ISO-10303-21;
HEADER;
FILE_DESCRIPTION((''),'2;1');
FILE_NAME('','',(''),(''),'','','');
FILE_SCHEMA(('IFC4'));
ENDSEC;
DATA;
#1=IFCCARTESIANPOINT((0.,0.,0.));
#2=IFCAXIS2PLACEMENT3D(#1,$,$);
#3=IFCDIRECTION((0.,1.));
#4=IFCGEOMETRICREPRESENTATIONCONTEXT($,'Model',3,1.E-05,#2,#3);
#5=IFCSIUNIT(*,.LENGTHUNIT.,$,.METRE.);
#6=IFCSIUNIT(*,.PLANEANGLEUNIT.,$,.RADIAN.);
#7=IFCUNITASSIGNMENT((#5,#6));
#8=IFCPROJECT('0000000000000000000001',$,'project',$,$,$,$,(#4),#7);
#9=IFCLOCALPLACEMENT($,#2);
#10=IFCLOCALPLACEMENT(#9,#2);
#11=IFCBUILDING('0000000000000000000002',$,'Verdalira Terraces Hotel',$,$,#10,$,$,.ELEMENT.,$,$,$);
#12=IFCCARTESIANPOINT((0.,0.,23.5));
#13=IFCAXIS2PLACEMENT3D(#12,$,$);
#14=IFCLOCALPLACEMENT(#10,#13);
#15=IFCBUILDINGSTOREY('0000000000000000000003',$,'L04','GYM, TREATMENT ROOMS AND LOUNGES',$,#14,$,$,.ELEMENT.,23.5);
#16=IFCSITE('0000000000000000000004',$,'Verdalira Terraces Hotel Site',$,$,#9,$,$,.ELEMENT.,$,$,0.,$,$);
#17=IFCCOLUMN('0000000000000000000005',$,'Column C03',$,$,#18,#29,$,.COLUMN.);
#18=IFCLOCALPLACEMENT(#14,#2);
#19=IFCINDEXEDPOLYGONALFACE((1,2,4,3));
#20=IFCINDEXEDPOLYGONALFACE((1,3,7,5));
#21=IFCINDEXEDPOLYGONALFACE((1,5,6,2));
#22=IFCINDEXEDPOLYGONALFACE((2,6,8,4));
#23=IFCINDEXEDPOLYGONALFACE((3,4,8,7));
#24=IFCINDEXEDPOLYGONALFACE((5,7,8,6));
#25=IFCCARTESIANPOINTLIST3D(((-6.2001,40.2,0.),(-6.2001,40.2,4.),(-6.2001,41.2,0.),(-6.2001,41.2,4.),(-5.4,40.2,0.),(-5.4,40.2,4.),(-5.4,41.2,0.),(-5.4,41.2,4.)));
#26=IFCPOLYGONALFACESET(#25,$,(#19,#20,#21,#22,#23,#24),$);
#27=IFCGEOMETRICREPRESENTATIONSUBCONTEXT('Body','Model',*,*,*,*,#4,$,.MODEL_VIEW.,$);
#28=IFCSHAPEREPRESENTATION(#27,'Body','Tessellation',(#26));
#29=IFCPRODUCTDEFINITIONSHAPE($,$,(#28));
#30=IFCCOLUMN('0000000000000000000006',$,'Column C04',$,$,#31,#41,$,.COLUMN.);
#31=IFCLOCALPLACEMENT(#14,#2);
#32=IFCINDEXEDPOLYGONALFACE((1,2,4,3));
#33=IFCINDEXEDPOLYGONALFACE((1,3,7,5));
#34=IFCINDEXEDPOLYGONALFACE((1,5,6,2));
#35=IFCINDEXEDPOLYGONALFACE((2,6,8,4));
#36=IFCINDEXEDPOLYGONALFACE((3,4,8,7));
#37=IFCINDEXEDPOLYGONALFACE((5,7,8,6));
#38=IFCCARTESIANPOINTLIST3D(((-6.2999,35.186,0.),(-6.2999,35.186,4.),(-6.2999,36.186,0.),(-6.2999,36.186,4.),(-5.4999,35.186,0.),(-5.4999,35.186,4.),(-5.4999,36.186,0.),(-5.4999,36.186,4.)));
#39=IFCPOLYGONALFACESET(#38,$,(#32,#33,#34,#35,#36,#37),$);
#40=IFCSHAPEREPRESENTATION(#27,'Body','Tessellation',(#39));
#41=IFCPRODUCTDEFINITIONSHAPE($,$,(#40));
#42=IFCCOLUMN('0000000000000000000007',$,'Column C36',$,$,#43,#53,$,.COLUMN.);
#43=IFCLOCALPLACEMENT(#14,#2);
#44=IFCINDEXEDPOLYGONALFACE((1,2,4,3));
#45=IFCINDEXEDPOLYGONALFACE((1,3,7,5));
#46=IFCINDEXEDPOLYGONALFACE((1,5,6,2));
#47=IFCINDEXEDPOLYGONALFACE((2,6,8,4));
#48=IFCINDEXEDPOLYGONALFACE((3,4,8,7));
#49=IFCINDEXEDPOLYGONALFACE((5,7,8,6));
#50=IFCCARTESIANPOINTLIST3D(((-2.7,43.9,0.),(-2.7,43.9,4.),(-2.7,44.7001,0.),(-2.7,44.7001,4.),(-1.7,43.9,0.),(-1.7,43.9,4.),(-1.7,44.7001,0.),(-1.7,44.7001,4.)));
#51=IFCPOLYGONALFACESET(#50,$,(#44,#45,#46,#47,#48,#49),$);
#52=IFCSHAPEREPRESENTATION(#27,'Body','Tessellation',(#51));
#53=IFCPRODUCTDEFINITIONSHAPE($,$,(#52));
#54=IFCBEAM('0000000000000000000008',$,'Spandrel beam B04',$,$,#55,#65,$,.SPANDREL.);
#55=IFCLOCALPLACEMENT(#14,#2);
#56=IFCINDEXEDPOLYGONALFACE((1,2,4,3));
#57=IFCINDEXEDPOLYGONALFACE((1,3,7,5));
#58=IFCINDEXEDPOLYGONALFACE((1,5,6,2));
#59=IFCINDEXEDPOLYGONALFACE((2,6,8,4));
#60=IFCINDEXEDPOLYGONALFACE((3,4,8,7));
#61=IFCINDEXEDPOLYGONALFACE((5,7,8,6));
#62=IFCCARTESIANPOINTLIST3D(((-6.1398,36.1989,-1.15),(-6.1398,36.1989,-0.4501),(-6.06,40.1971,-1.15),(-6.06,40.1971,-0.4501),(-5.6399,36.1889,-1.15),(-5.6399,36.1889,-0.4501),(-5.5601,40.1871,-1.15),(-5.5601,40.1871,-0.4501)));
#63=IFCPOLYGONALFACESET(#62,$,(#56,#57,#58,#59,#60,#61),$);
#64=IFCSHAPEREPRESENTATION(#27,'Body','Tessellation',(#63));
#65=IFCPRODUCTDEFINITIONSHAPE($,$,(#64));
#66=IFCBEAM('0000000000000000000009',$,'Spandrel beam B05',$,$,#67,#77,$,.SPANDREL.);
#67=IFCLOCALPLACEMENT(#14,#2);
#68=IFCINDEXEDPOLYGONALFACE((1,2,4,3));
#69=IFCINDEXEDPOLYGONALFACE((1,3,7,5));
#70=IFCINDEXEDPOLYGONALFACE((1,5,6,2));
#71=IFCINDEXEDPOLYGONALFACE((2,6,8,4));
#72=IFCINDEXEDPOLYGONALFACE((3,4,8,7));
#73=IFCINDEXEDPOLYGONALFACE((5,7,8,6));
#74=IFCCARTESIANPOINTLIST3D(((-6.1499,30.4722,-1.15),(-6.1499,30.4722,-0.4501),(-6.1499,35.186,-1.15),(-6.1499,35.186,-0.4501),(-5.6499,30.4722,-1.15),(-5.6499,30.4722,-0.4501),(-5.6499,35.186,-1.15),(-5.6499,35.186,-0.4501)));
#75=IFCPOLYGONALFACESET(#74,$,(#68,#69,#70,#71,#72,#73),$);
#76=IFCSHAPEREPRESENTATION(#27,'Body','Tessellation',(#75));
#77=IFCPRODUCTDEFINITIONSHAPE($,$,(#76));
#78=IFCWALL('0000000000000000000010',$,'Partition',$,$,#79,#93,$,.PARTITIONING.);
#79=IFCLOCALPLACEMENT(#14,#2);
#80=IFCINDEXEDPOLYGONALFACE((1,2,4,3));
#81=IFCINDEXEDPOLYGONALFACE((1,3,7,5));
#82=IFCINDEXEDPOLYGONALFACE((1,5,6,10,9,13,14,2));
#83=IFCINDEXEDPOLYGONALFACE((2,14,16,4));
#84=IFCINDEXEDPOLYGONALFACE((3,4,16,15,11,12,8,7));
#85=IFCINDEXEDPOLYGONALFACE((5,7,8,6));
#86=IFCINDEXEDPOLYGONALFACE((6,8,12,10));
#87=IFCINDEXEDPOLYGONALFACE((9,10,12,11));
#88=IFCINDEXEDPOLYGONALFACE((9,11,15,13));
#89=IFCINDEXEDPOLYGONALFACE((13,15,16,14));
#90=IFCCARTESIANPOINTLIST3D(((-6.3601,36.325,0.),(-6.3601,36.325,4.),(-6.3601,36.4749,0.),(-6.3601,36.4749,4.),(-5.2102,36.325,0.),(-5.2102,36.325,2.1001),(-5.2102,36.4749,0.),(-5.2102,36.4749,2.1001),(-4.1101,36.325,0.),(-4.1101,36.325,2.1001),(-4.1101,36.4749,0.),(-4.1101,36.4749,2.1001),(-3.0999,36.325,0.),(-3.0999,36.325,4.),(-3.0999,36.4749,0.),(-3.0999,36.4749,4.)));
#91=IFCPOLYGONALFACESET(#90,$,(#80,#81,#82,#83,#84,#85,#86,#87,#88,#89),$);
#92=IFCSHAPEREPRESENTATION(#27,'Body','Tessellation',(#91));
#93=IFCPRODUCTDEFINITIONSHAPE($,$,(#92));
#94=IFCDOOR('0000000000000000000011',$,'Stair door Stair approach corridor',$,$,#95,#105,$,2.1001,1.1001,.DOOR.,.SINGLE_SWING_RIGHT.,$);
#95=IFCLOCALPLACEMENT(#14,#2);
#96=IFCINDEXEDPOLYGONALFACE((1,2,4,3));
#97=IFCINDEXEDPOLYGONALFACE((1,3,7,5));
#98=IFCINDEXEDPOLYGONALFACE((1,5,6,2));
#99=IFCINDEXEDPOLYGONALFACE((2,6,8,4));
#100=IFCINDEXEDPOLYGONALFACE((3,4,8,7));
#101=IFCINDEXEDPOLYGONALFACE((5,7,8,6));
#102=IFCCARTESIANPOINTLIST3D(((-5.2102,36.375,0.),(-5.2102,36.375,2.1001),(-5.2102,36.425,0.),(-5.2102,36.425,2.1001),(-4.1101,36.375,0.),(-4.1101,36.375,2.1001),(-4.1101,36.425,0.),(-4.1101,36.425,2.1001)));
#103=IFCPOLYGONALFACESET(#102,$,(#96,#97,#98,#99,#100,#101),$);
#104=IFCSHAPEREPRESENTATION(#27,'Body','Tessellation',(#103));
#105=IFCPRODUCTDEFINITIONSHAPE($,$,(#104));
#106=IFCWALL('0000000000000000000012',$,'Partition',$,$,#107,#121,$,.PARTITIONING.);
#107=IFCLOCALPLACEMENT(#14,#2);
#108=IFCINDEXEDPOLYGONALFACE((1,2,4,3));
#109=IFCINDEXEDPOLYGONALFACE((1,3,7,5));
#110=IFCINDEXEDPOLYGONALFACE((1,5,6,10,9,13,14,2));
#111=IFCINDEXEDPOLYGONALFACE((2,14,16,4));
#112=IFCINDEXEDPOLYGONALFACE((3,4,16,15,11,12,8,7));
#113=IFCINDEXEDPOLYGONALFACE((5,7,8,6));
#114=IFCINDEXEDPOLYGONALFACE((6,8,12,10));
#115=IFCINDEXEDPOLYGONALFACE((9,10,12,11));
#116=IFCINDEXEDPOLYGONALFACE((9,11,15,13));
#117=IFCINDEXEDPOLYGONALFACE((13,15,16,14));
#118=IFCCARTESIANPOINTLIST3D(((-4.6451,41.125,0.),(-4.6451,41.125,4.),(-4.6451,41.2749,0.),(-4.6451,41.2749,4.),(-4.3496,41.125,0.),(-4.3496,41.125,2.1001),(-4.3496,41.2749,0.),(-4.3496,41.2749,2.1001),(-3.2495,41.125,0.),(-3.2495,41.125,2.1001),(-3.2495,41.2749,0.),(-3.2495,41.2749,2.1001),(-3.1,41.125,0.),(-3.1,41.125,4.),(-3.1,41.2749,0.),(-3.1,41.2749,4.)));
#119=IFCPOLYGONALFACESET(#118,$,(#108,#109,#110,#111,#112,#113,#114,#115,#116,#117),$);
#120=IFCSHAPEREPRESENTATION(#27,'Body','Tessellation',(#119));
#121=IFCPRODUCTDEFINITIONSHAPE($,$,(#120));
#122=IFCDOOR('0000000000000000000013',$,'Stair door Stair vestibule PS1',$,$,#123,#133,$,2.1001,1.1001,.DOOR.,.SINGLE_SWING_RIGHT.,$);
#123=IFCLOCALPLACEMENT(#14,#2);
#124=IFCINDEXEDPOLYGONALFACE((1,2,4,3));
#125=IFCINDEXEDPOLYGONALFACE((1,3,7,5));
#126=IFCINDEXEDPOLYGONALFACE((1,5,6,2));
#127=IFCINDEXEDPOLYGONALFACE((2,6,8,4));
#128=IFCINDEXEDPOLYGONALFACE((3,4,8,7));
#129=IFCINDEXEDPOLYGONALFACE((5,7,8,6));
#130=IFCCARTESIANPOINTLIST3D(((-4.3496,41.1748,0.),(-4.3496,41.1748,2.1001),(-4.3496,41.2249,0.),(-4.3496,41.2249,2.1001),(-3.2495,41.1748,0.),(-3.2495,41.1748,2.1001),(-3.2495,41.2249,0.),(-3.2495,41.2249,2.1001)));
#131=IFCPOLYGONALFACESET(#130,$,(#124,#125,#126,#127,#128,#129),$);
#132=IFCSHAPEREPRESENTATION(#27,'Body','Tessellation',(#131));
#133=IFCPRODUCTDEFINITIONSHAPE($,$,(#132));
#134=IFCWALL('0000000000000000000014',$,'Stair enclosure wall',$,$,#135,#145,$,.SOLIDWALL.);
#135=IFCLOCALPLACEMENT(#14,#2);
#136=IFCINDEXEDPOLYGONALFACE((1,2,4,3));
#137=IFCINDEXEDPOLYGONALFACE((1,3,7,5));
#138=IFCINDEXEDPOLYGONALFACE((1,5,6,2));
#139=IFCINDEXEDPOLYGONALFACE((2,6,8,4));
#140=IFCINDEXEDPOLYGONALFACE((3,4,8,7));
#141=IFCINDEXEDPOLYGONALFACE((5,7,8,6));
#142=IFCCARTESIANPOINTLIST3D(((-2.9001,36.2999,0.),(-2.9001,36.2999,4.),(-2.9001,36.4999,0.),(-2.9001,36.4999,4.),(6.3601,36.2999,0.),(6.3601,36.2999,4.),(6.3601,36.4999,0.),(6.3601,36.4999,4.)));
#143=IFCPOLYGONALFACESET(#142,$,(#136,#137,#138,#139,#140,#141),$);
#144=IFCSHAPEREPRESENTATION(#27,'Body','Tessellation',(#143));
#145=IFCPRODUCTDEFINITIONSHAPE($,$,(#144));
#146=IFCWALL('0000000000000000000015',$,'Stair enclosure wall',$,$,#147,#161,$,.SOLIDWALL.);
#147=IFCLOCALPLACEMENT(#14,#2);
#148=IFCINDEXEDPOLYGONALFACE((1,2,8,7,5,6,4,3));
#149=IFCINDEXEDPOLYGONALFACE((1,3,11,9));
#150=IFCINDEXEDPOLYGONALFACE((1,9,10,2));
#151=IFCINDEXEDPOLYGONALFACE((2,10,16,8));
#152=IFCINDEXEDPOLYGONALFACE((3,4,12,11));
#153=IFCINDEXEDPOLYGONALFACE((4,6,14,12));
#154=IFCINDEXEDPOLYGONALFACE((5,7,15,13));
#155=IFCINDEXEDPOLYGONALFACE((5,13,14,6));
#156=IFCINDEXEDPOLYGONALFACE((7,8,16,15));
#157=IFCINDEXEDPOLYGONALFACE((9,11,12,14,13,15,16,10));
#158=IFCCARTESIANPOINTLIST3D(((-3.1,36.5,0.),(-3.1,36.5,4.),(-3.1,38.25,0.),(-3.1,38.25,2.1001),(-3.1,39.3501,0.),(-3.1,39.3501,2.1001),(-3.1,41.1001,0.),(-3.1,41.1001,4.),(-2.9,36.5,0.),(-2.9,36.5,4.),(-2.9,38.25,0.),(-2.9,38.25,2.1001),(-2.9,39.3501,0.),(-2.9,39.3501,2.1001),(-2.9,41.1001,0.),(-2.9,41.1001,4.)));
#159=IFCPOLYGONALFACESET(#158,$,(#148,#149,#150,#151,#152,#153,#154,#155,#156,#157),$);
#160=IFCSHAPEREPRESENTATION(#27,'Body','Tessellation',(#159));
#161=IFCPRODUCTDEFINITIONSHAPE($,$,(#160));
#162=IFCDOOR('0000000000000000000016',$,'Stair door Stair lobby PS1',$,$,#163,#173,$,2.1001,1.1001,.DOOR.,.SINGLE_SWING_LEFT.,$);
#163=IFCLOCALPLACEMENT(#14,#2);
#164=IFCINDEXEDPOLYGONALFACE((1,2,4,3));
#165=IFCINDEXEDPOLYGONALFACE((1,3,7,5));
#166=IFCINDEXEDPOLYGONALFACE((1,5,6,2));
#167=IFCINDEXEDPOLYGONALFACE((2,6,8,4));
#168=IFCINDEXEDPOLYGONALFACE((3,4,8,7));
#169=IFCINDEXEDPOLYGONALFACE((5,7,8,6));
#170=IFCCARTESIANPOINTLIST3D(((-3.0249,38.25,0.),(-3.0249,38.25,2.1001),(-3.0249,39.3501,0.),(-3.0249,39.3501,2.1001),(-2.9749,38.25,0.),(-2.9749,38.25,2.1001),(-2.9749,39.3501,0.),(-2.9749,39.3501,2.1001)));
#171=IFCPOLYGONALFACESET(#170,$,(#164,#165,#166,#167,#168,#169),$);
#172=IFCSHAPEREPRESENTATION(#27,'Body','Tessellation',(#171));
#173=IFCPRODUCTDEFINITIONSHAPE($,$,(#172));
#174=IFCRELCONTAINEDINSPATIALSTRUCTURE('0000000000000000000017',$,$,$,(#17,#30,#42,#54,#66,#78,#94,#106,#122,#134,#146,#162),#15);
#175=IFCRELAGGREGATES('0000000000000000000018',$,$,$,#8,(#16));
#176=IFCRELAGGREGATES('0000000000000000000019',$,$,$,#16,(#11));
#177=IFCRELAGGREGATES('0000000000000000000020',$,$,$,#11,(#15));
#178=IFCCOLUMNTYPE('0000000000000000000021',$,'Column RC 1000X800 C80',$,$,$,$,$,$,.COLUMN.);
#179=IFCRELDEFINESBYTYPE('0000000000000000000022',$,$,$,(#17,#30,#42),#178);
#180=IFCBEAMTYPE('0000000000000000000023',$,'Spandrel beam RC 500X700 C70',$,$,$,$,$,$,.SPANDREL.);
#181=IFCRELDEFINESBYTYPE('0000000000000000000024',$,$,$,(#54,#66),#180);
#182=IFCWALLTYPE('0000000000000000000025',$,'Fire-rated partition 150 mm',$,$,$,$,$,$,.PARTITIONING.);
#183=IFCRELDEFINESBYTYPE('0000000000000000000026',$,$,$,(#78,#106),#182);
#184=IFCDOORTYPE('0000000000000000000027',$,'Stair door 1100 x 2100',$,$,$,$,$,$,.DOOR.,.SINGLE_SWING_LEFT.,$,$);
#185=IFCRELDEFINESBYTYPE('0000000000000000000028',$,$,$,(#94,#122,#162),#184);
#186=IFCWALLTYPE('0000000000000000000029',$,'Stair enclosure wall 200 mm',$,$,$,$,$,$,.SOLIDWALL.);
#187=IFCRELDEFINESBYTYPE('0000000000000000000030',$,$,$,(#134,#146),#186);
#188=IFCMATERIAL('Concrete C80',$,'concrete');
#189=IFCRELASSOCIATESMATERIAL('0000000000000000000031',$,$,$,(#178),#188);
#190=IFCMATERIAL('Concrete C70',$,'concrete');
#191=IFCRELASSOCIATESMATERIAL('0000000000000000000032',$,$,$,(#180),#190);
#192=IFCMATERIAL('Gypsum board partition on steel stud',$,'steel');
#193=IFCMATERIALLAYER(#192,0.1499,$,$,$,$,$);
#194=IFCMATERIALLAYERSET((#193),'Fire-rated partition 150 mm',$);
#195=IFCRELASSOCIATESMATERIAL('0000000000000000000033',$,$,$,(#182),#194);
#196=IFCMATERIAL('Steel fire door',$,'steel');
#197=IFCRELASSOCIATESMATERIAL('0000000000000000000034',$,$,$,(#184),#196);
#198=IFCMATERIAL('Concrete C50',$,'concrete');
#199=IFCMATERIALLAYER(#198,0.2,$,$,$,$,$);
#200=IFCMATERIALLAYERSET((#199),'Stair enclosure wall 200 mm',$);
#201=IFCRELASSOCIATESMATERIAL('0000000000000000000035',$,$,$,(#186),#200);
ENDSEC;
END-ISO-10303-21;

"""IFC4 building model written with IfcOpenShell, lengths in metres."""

from ifc_helpers import new_model, si_unit, direction, frame, frame_2d, origin, origin_2d, place, context, subcontext, project, spatial, rectangle, extrude, material, layer, layer_set, material_profile, profile_set, type_object, element, fill, save


model = new_model("IFC4")

# Units and contexts
model_context = context("Model", 3, precision=1e-05, world=origin(), true_north=direction((0.0, 1.0)))
body_context = subcontext(model_context, "Body", "Model", "MODEL_VIEW")
ifc_project = project(units=[si_unit("LENGTHUNIT", "METRE"), si_unit("PLANEANGLEUNIT", "RADIAN")], contexts=[model_context])

# Site, building, storey
site_placement = place(None, origin())
site = spatial("IfcSite", under=ifc_project, at=site_placement, Name="Verdalira Terraces Hotel Site", CompositionType="ELEMENT", RefElevation=0.0)
building_placement = place(site_placement, origin())
building = spatial("IfcBuilding", under=site, at=building_placement, Name="Verdalira Terraces Hotel", CompositionType="ELEMENT")
storey_placement = place(building_placement, frame((0.0, 0.0, 23.5)))
storey = spatial("IfcBuildingStorey", under=building, at=storey_placement, Name="L04", Description="GYM, TREATMENT ROOMS AND LOUNGES", CompositionType="ELEMENT", Elevation=23.5)

# Columns
ifc_material_1 = material(Name="Concrete C80", Category="concrete")
ifc_material_profile_1 = material_profile(ifc_material_1, rectangle(XDim=1.0, YDim=0.8, at=origin_2d()), Name="RC 1000X800")
ifc_profile_set_1 = profile_set([ifc_material_profile_1], Name="Concrete C80")
column_type = type_object("IfcColumnType", Name="Column RC 1000X800 C80", PredefinedType="COLUMN", material=ifc_profile_set_1)
for number, where, z_axis, x_axis, name in (
    (1, (-5.8, 40.7, 0.0), (0.0, 0.0, 1.0), (0.0, -1.0, 0.0), "Column C03"),
    (2, (-5.8999, 35.686, 0.0), (0.0, 0.0, 1.0), (0.0, -1.0, 0.0), "Column C04"),
    (3, (-2.2, 44.3, 0.0), (0.0, 0.0, 1.0), (-1.0, 0.0, 0.0), "Column C36"),
):
    element("IfcColumn", number, at=place(storey_placement, frame(where, z_axis=z_axis, x_axis=x_axis)), inside=storey, type_object=column_type, Name=name, PredefinedType="COLUMN", context=body_context, shape_type="SweptSolid", body=[
        extrude(rectangle(XDim=1.0, YDim=0.8, at=origin_2d()), origin(), (0.0, 0.0, 1.0), 4.0),
    ])

# Beams
ifc_material_2 = material(Name="Concrete C70", Category="concrete")
ifc_material_profile_2 = material_profile(ifc_material_2, rectangle(XDim=0.5, YDim=0.7, at=origin_2d()), Name="RC 500X700")
ifc_profile_set_2 = profile_set([ifc_material_profile_2], Name="Concrete C70")
beam_type = type_object("IfcBeamType", Name="Spandrel beam RC 500X700 C70", PredefinedType="SPANDREL", material=ifc_profile_set_2)
beam_1_placement = place(storey_placement, frame((-5.8101, 40.1921, -0.8), z_axis=(-0.019963, -0.999801, 0.0), x_axis=(0.999801, -0.019963, 0.0)))
element("IfcBeam", 4, at=beam_1_placement, inside=storey, type_object=beam_type, Name="Spandrel beam B04", PredefinedType="SPANDREL", context=body_context, shape_type="SweptSolid", body=[
    extrude(rectangle(XDim=0.5, YDim=0.7, at=origin_2d()), origin(), (0.0, 0.0, 1.0), 3.999),
])
beam_2_placement = place(storey_placement, frame((-5.8999, 35.186, -0.8), z_axis=(0.0, -1.0, 0.0), x_axis=(1.0, 0.0, 0.0)))
element("IfcBeam", 5, at=beam_2_placement, inside=storey, type_object=beam_type, Name="Spandrel beam B05", PredefinedType="SPANDREL", context=body_context, shape_type="SweptSolid", body=[
    extrude(rectangle(XDim=0.5, YDim=0.7, at=origin_2d()), origin(), (0.0, 0.0, 1.0), 4.7139),
])

# Walls, openings, doors
ifc_material_3 = material(Name="Gypsum board partition on steel stud", Category="steel")
ifc_layer_1 = layer(ifc_material_3, 0.1499)
ifc_layer_set_1 = layer_set([ifc_layer_1], Name="Fire-rated partition 150 mm")
wall_type_1 = type_object("IfcWallType", Name="Fire-rated partition 150 mm", PredefinedType="PARTITIONING", material=ifc_layer_set_1)
wall_1_placement = place(storey_placement, frame((-3.0999, 36.3999, 0.0), z_axis=(0.0, 0.0, 1.0), x_axis=(-1.0, 0.0, 0.0)))
wall_1 = element("IfcWall", 6, at=wall_1_placement, inside=storey, type_object=wall_type_1, Name="Partition", PredefinedType="PARTITIONING", context=body_context, shape_type="SweptSolid", body=[
    extrude(rectangle(XDim=3.2603, YDim=0.1499, at=frame_2d((1.6301, 0.0))), origin(), (0.0, 0.0, 1.0), 4.0),
])
opening_1_placement = place(wall_1_placement, frame((1.0103, 0.0, 0.0)))
opening_1 = element("IfcOpeningElement", 7, at=opening_1_placement, cuts=wall_1, PredefinedType="OPENING", context=body_context, shape_type="SweptSolid", body=[
    extrude(rectangle(XDim=1.1001, YDim=2.1001, at=frame_2d((0.55, 1.05))), frame((0.0, 0.085, 0.0), z_axis=(0.0, -1.0, 0.0), x_axis=(1.0, 0.0, 0.0)), (0.0, 0.0, 1.0), 0.1699),
])
ifc_material_4 = material(Name="Steel fire door", Category="steel")
door_type = type_object("IfcDoorType", Name="Stair door 1100 x 2100", OperationType="SINGLE_SWING_LEFT", PredefinedType="DOOR", material=ifc_material_4)
door_1_placement = place(opening_1_placement, origin())
door_1 = element("IfcDoor", 8, at=door_1_placement, inside=storey, type_object=door_type, Name="Stair door Stair approach corridor", OperationType="SINGLE_SWING_RIGHT", OverallHeight=2.1001, OverallWidth=1.1001, PredefinedType="DOOR", context=body_context, shape_type="SweptSolid", body=[
    extrude(rectangle(XDim=1.1001, YDim=2.1001, at=frame_2d((0.55, 1.05))), frame((0.0, 0.0249, 0.0), z_axis=(0.0, -1.0, 0.0), x_axis=(1.0, 0.0, 0.0)), (0.0, 0.0, 1.0), 0.05),
])
fill(opening_1, door_1)
wall_2_placement = place(storey_placement, frame((-4.645, 41.2, 0.0), z_axis=(0.0, 0.0, 1.0), x_axis=(1.0, 0.0, 0.0)))
wall_2 = element("IfcWall", 9, at=wall_2_placement, inside=storey, type_object=wall_type_1, Name="Partition", PredefinedType="PARTITIONING", context=body_context, shape_type="SweptSolid", body=[
    extrude(rectangle(XDim=1.5452, YDim=0.1499, at=frame_2d((0.7725, 0.0))), origin(), (0.0, 0.0, 1.0), 4.0),
])
opening_2_placement = place(wall_2_placement, frame((0.2954, 0.0, 0.0)))
opening_2 = element("IfcOpeningElement", 10, at=opening_2_placement, cuts=wall_2, PredefinedType="OPENING", context=body_context, shape_type="SweptSolid", body=[
    extrude(rectangle(XDim=1.1001, YDim=2.1001, at=frame_2d((0.55, 1.05))), frame((0.0, 0.085, 0.0), z_axis=(0.0, -1.0, 0.0), x_axis=(1.0, 0.0, 0.0)), (0.0, 0.0, 1.0), 0.1699),
])
door_2_placement = place(opening_2_placement, origin())
door_2 = element("IfcDoor", 11, at=door_2_placement, inside=storey, type_object=door_type, Name="Stair door Stair vestibule PS1", OperationType="SINGLE_SWING_RIGHT", OverallHeight=2.1001, OverallWidth=1.1001, PredefinedType="DOOR", context=body_context, shape_type="SweptSolid", body=[
    extrude(rectangle(XDim=1.1001, YDim=2.1001, at=frame_2d((0.55, 1.05))), frame((0.0, 0.0249, 0.0), z_axis=(0.0, -1.0, 0.0), x_axis=(1.0, 0.0, 0.0)), (0.0, 0.0, 1.0), 0.05),
])
fill(opening_2, door_2)

# Wall
ifc_material_5 = material(Name="Concrete C50", Category="concrete")
ifc_layer_2 = layer(ifc_material_5, 0.2)
ifc_layer_set_2 = layer_set([ifc_layer_2], Name="Stair enclosure wall 200 mm")
wall_type_2 = type_object("IfcWallType", Name="Stair enclosure wall 200 mm", PredefinedType="SOLIDWALL", material=ifc_layer_set_2)
wall_3_placement = place(storey_placement, frame((-2.9001, 36.3999, 0.0), z_axis=(0.0, 0.0, 1.0), x_axis=(1.0, 0.0, 0.0)))
element("IfcWall", 12, at=wall_3_placement, inside=storey, type_object=wall_type_2, Name="Stair enclosure wall", PredefinedType="SOLIDWALL", context=body_context, shape_type="SweptSolid", body=[
    extrude(rectangle(XDim=9.2603, YDim=0.2, at=frame_2d((4.6301, 0.0))), origin(), (0.0, 0.0, 1.0), 4.0),
])

# Wall, opening, door
wall_4_placement = place(storey_placement, frame((-3.0, 36.5, 0.0), z_axis=(0.0, 0.0, 1.0), x_axis=(0.0, 1.0, 0.0)))
wall_4 = element("IfcWall", 13, at=wall_4_placement, inside=storey, type_object=wall_type_2, Name="Stair enclosure wall", PredefinedType="SOLIDWALL", context=body_context, shape_type="SweptSolid", body=[
    extrude(rectangle(XDim=4.6001, YDim=0.2, at=frame_2d((2.3, 0.0))), origin(), (0.0, 0.0, 1.0), 4.0),
])
opening_3_placement = place(wall_4_placement, frame((1.75, 0.0, 0.0)))
opening_3 = element("IfcOpeningElement", 14, at=opening_3_placement, cuts=wall_4, PredefinedType="OPENING", context=body_context, shape_type="SweptSolid", body=[
    extrude(rectangle(XDim=1.1001, YDim=2.1001, at=frame_2d((0.55, 1.05))), frame((0.0, 0.1099, 0.0), z_axis=(0.0, -1.0, 0.0), x_axis=(1.0, 0.0, 0.0)), (0.0, 0.0, 1.0), 0.22),
])
door_3_placement = place(opening_3_placement, origin())
door_3 = element("IfcDoor", 15, at=door_3_placement, inside=storey, type_object=door_type, Name="Stair door Stair lobby PS1", OperationType="SINGLE_SWING_LEFT", OverallHeight=2.1001, OverallWidth=1.1001, PredefinedType="DOOR", context=body_context, shape_type="SweptSolid", body=[
    extrude(rectangle(XDim=1.1001, YDim=2.1001, at=frame_2d((0.55, 1.05))), frame((0.0, 0.0249, 0.0), z_axis=(0.0, -1.0, 0.0), x_axis=(1.0, 0.0, 0.0)), (0.0, 0.0, 1.0), 0.05),
])
fill(opening_3, door_3)

save(model, "model.ifc")
